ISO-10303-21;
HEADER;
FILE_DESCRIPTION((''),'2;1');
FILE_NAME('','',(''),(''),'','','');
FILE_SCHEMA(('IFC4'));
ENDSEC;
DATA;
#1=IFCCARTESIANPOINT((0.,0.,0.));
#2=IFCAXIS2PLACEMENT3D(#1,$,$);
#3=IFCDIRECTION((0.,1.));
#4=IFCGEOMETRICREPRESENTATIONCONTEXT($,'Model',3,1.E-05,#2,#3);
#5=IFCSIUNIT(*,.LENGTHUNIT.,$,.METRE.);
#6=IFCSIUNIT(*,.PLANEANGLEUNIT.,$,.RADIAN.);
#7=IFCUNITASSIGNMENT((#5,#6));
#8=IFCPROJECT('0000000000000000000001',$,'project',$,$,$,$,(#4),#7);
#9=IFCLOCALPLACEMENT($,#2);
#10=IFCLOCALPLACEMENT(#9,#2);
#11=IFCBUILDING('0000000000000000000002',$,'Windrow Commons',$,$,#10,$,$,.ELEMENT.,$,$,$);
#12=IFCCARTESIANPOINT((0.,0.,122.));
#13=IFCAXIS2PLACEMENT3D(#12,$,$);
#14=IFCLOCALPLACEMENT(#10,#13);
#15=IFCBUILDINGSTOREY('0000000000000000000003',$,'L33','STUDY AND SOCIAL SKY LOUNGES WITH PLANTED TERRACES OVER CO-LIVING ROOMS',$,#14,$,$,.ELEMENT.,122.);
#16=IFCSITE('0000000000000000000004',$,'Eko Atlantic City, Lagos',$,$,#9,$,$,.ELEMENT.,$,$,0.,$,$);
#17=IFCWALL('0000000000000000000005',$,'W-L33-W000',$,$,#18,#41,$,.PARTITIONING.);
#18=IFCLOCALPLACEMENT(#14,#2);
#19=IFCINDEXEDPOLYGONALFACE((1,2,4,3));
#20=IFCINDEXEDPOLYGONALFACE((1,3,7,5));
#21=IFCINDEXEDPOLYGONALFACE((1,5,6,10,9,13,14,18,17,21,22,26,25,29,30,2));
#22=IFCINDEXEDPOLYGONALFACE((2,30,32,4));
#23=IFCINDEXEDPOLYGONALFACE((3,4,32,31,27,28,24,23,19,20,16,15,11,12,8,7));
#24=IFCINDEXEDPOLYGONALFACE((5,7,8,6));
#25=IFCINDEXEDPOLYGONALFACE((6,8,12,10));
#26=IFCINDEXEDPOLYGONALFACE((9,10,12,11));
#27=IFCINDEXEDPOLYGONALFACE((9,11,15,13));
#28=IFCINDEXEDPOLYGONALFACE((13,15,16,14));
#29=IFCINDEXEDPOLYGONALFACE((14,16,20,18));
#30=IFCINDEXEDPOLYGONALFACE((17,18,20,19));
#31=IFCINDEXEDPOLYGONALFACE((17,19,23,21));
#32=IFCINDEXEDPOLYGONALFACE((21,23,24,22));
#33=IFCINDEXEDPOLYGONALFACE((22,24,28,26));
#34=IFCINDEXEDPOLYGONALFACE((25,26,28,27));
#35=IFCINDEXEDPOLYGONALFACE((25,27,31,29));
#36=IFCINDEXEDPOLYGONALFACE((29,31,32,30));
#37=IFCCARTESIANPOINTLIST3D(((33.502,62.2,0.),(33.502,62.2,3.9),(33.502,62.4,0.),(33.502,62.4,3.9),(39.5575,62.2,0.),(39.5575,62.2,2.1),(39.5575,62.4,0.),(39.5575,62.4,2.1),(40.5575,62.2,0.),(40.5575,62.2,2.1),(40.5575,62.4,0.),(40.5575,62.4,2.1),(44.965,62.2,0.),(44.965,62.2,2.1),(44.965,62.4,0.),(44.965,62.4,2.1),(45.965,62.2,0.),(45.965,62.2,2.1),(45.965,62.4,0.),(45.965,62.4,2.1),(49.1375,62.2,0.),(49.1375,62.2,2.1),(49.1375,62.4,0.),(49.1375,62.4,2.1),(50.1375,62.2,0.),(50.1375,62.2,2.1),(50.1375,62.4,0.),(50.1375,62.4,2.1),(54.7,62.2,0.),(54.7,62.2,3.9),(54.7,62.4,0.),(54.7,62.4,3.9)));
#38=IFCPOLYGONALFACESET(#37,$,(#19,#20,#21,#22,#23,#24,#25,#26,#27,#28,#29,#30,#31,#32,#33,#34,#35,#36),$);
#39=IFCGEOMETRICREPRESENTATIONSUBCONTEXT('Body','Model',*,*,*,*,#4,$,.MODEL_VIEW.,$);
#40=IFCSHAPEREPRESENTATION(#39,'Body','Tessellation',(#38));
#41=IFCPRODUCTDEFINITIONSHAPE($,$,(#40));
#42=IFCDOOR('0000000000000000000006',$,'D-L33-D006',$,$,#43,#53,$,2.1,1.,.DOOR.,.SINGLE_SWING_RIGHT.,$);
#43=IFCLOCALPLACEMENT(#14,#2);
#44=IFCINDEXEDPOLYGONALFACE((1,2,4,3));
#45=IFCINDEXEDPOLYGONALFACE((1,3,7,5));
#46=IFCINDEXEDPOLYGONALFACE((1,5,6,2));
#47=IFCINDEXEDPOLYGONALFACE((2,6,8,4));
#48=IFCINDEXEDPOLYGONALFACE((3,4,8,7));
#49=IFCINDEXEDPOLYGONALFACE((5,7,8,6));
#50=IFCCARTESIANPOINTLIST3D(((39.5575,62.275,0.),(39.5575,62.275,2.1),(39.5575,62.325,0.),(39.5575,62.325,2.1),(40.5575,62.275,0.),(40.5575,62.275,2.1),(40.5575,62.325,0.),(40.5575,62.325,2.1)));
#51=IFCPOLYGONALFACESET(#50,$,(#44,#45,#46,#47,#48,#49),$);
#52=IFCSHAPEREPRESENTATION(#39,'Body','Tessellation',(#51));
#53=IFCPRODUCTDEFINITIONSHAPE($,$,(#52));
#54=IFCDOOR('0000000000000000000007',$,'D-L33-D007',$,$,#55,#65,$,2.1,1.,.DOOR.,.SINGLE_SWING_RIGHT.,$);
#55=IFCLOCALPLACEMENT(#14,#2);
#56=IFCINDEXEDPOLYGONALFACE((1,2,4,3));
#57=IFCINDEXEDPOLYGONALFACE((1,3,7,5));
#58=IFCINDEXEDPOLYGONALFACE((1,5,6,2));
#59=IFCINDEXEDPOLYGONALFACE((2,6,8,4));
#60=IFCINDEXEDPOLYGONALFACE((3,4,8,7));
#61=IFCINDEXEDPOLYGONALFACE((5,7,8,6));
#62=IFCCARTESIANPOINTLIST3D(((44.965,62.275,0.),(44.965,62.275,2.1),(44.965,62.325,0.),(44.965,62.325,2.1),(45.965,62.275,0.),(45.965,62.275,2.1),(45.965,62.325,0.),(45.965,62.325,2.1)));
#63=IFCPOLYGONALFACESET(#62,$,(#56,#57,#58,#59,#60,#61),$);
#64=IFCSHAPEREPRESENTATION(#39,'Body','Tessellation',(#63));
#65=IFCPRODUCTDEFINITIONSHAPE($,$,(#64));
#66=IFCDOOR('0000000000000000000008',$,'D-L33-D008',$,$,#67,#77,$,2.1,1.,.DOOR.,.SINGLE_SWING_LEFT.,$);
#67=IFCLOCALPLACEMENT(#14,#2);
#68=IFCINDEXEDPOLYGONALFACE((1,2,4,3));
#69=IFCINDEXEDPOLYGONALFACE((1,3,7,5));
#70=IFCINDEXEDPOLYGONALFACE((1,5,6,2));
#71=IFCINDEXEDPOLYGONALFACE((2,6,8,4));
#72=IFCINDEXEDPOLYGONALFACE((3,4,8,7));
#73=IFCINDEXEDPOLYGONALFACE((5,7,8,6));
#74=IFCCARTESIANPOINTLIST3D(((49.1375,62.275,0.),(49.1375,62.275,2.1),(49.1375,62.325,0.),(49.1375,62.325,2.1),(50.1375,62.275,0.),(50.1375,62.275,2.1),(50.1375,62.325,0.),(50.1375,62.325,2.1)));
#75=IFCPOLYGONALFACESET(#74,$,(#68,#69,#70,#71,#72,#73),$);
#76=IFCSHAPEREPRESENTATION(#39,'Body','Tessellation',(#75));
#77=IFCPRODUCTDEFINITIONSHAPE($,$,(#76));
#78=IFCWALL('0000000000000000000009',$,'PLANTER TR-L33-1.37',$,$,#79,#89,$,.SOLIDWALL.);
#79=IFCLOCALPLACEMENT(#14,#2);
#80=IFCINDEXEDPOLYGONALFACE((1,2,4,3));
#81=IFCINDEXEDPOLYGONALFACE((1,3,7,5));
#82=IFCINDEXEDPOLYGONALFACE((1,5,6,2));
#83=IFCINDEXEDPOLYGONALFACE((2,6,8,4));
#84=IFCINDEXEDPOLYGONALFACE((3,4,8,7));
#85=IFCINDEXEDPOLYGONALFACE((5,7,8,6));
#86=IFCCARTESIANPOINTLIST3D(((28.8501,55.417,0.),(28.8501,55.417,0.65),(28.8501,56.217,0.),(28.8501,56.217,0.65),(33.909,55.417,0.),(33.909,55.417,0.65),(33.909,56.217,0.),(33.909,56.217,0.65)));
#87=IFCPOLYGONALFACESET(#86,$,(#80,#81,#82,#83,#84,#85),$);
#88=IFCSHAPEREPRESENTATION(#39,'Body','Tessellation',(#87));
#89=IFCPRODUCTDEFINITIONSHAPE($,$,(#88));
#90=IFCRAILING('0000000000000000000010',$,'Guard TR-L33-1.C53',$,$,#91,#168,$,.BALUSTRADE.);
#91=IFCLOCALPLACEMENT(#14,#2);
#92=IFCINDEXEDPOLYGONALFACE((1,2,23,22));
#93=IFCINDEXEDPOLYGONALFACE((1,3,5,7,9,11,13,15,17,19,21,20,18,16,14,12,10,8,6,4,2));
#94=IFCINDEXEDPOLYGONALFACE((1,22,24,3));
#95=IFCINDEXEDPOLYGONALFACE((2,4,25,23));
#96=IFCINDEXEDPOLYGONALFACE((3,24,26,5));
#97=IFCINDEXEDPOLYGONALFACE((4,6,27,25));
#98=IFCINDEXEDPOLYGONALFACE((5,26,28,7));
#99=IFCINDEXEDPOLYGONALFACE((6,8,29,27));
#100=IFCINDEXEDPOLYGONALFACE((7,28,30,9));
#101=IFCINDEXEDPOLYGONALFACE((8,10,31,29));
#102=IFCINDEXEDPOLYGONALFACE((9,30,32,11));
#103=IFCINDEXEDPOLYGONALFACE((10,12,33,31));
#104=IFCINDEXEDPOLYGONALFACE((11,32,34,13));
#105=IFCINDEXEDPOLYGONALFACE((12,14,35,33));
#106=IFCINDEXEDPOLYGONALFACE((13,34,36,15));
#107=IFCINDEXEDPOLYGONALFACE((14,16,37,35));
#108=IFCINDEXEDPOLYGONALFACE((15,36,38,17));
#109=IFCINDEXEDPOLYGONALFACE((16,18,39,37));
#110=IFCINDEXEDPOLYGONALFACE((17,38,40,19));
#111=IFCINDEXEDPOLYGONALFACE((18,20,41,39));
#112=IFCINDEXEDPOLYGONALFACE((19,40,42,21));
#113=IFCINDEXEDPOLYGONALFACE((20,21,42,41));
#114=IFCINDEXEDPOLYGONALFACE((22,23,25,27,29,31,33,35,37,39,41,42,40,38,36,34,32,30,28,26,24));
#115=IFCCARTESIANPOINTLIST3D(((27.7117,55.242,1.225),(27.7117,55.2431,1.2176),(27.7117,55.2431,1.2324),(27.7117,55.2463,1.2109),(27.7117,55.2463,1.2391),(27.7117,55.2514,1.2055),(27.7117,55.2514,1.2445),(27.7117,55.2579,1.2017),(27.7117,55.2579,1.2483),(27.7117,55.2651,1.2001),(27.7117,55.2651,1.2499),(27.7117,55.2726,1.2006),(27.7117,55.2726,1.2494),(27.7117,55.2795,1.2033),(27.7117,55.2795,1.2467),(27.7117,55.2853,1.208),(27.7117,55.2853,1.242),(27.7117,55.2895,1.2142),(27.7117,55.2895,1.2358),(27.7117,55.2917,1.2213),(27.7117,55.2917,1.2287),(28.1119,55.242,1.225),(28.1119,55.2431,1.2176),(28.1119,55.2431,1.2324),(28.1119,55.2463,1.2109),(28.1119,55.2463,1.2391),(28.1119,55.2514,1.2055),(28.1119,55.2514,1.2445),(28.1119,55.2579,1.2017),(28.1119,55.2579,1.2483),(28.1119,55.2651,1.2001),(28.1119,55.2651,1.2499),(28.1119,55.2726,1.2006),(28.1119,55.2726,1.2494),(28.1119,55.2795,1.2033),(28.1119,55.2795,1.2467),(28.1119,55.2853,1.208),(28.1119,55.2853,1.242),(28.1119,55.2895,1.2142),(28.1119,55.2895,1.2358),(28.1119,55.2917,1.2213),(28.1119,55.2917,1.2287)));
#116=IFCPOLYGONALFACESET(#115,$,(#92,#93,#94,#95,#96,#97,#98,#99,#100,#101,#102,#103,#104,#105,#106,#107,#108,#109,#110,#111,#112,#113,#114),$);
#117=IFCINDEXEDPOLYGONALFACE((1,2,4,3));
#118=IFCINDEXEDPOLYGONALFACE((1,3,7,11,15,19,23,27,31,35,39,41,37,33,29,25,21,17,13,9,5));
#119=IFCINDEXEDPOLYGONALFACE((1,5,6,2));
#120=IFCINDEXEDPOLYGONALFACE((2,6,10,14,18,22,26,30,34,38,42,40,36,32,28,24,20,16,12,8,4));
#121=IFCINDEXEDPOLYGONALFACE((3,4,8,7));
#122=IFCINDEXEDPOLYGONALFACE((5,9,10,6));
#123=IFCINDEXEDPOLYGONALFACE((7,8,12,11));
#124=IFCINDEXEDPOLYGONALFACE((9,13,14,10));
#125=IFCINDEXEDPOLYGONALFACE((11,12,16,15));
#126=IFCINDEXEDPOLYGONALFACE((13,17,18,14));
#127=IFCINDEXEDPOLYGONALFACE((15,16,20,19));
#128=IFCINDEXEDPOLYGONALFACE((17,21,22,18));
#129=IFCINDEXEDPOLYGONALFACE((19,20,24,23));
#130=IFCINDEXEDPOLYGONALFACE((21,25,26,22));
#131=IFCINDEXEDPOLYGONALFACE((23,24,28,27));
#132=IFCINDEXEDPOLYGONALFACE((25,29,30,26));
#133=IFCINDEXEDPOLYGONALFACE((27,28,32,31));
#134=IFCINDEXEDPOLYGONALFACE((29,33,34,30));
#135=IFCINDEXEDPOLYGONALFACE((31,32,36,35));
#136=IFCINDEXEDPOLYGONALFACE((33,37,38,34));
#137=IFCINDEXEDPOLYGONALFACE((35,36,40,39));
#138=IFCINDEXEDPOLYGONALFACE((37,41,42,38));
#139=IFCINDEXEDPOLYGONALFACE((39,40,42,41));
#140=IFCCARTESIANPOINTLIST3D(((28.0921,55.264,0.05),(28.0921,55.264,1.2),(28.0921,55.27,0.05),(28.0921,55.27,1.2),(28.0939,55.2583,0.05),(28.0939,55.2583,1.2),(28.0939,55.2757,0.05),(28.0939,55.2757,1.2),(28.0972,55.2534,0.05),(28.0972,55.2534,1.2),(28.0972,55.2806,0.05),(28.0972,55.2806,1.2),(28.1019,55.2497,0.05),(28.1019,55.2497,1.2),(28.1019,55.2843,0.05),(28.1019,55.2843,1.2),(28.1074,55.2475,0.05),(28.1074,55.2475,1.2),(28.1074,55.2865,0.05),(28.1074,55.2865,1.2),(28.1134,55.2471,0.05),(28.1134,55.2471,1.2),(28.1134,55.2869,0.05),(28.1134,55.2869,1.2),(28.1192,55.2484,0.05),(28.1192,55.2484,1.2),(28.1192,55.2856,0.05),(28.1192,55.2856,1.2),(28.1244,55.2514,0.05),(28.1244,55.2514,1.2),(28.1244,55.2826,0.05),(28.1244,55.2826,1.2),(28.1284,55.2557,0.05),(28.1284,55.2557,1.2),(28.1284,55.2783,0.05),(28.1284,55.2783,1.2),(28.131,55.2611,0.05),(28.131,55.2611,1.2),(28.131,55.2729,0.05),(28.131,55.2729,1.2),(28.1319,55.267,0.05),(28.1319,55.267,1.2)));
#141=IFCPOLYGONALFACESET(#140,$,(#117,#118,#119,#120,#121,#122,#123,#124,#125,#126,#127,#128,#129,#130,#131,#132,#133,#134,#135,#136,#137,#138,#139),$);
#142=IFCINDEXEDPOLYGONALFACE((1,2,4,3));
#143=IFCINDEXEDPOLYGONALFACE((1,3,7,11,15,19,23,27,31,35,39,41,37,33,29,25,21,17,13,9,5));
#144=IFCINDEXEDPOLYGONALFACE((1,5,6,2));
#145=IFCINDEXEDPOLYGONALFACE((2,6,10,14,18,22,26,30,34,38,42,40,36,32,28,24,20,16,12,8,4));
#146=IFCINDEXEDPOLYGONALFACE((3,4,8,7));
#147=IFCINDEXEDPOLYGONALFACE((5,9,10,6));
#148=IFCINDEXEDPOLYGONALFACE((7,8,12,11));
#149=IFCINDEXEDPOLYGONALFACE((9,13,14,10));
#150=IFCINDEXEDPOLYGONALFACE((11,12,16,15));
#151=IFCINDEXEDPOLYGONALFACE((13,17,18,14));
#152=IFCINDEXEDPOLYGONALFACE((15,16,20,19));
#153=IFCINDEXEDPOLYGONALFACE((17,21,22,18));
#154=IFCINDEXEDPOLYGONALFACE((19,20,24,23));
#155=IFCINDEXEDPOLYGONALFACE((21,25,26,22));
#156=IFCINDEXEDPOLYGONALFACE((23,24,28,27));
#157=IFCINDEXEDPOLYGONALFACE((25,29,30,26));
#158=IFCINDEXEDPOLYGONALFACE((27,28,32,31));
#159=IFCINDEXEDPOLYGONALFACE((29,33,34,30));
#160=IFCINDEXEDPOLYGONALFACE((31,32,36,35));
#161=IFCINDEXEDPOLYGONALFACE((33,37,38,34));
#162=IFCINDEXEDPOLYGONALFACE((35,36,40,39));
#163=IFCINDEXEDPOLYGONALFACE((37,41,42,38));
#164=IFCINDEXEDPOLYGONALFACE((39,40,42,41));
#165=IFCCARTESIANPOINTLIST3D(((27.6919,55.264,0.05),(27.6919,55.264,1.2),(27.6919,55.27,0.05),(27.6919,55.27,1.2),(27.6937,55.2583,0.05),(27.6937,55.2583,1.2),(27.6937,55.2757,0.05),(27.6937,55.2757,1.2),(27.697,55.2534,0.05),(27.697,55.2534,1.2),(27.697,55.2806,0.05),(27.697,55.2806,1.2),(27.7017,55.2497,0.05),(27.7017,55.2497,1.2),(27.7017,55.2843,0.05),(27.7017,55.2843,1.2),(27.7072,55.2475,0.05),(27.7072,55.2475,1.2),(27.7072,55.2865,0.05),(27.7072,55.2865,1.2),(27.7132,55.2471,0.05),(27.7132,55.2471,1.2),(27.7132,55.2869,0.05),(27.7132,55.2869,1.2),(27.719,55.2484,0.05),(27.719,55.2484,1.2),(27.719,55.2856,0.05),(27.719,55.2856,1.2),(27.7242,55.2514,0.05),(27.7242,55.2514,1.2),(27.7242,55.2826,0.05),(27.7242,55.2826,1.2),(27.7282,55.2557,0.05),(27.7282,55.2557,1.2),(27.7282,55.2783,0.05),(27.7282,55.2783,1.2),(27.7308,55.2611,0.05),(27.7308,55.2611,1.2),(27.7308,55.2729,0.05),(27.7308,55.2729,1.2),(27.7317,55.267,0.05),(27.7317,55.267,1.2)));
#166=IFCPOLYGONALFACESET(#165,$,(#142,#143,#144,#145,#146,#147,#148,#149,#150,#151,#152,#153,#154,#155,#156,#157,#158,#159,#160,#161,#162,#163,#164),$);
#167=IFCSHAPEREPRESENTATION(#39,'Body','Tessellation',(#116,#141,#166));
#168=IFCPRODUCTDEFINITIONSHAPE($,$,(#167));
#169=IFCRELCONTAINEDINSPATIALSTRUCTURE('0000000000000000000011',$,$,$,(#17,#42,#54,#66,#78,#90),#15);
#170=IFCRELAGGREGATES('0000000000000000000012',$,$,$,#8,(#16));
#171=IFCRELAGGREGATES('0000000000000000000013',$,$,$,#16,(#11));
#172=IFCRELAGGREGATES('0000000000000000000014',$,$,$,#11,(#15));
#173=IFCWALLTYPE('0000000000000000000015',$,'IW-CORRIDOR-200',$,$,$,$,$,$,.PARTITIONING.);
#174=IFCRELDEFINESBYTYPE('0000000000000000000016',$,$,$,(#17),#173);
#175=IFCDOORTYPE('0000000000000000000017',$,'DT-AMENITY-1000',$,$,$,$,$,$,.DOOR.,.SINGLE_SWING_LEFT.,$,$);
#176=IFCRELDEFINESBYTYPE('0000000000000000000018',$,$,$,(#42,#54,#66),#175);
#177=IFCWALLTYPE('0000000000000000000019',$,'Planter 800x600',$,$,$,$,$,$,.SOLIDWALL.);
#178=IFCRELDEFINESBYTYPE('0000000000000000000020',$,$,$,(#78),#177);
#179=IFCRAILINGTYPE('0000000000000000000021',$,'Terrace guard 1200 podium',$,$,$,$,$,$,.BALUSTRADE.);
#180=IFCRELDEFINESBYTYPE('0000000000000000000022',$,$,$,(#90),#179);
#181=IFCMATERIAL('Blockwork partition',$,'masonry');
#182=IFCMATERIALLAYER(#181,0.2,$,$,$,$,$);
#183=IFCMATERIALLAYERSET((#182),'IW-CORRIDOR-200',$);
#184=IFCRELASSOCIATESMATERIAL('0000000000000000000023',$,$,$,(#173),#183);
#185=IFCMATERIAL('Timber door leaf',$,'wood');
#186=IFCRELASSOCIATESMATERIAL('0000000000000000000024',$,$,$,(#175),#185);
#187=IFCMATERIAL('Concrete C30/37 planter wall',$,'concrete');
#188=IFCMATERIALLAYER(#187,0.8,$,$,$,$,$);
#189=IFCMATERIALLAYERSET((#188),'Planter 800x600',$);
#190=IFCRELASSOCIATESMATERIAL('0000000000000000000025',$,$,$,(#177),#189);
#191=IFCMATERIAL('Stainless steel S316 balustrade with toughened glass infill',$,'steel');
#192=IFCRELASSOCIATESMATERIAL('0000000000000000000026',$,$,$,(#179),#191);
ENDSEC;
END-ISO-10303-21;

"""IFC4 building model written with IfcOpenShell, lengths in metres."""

from ifc_helpers import new_model, si_unit, direction, frame, frame_2d, origin, origin_2d, place, context, subcontext, project, spatial, rectangle, circle, extrude, material, layer, layer_set, type_object, element, fill, save


model = new_model("IFC4")

# Units and contexts
model_context = context("Model", 3, precision=1e-05, world=origin(), true_north=direction((0.0, 1.0)))
body_context = subcontext(model_context, "Body", "Model", "MODEL_VIEW")
ifc_project = project(units=[si_unit("LENGTHUNIT", "METRE"), si_unit("PLANEANGLEUNIT", "RADIAN")], contexts=[model_context])

# Site, building, storey
site_placement = place(None, origin())
site = spatial("IfcSite", under=ifc_project, at=site_placement, Name="Eko Atlantic City, Lagos", CompositionType="ELEMENT", RefElevation=0.0)
building_placement = place(site_placement, origin())
building = spatial("IfcBuilding", under=site, at=building_placement, Name="Windrow Commons", CompositionType="ELEMENT")
storey_placement = place(building_placement, frame((0.0, 0.0, 122.0)))
storey = spatial("IfcBuildingStorey", under=building, at=storey_placement, Name="L33", Description="STUDY AND SOCIAL SKY LOUNGES WITH PLANTED TERRACES OVER CO-LIVING ROOMS", CompositionType="ELEMENT", Elevation=122.0)

# Wall, openings, doors
ifc_material_1 = material(Name="Blockwork partition", Category="masonry")
ifc_layer_1 = layer(ifc_material_1, 0.2)
ifc_layer_set_1 = layer_set([ifc_layer_1], Name="IW-CORRIDOR-200")
wall_type_1 = type_object("IfcWallType", Name="IW-CORRIDOR-200", PredefinedType="PARTITIONING", material=ifc_layer_set_1)
wall_1_placement = place(storey_placement, frame((33.502, 62.3, 0.0), z_axis=(0.0, 0.0, 1.0), x_axis=(1.0, 0.0, 0.0)))
wall_1 = element("IfcWall", 1, at=wall_1_placement, inside=storey, type_object=wall_type_1, Name="W-L33-W000", PredefinedType="PARTITIONING", context=body_context, shape_type="SweptSolid", body=[
    extrude(rectangle(XDim=21.198, YDim=0.2, at=frame_2d((10.599, 0.0))), origin(), (0.0, 0.0, 1.0), 3.9),
])
opening_1_placement = place(wall_1_placement, frame((6.0555, 0.0, 0.0)))
opening_1 = element("IfcOpeningElement", 2, at=opening_1_placement, cuts=wall_1, PredefinedType="OPENING", context=body_context, shape_type="SweptSolid", body=[
    extrude(rectangle(XDim=1.0, YDim=2.1, at=frame_2d((0.5, 1.05))), frame((0.0, 0.11, 0.0), z_axis=(0.0, -1.0, 0.0), x_axis=(1.0, 0.0, 0.0)), (0.0, 0.0, 1.0), 0.22),
])
opening_2_placement = place(wall_1_placement, frame((11.463, 0.0, 0.0)))
opening_2 = element("IfcOpeningElement", 3, at=opening_2_placement, cuts=wall_1, PredefinedType="OPENING", context=body_context, shape_type="SweptSolid", body=[
    extrude(rectangle(XDim=1.0, YDim=2.1, at=frame_2d((0.5, 1.05))), frame((0.0, 0.11, 0.0), z_axis=(0.0, -1.0, 0.0), x_axis=(1.0, 0.0, 0.0)), (0.0, 0.0, 1.0), 0.22),
])
opening_3_placement = place(wall_1_placement, frame((15.6355, 0.0, 0.0)))
opening_3 = element("IfcOpeningElement", 4, at=opening_3_placement, cuts=wall_1, PredefinedType="OPENING", context=body_context, shape_type="SweptSolid", body=[
    extrude(rectangle(XDim=1.0, YDim=2.1, at=frame_2d((0.5, 1.05))), frame((0.0, 0.11, 0.0), z_axis=(0.0, -1.0, 0.0), x_axis=(1.0, 0.0, 0.0)), (0.0, 0.0, 1.0), 0.22),
])
ifc_material_2 = material(Name="Timber door leaf", Category="wood")
door_type = type_object("IfcDoorType", Name="DT-AMENITY-1000", OperationType="SINGLE_SWING_LEFT", PredefinedType="DOOR", material=ifc_material_2)
door_1_placement = place(opening_1_placement, origin())
door_1 = element("IfcDoor", 5, at=door_1_placement, inside=storey, type_object=door_type, Name="D-L33-D006", OperationType="SINGLE_SWING_RIGHT", OverallHeight=2.1, OverallWidth=1.0, PredefinedType="DOOR", context=body_context, shape_type="SweptSolid", body=[
    extrude(rectangle(XDim=1.0, YDim=2.1, at=frame_2d((0.5, 1.05))), frame((0.0, 0.025, 0.0), z_axis=(0.0, -1.0, 0.0), x_axis=(1.0, 0.0, 0.0)), (0.0, 0.0, 1.0), 0.05),
])
fill(opening_1, door_1)
door_2_placement = place(opening_2_placement, origin())
door_2 = element("IfcDoor", 6, at=door_2_placement, inside=storey, type_object=door_type, Name="D-L33-D007", OperationType="SINGLE_SWING_RIGHT", OverallHeight=2.1, OverallWidth=1.0, PredefinedType="DOOR", context=body_context, shape_type="SweptSolid", body=[
    extrude(rectangle(XDim=1.0, YDim=2.1, at=frame_2d((0.5, 1.05))), frame((0.0, 0.025, 0.0), z_axis=(0.0, -1.0, 0.0), x_axis=(1.0, 0.0, 0.0)), (0.0, 0.0, 1.0), 0.05),
])
fill(opening_2, door_2)
door_3_placement = place(opening_3_placement, origin())
door_3 = element("IfcDoor", 7, at=door_3_placement, inside=storey, type_object=door_type, Name="D-L33-D008", OperationType="SINGLE_SWING_LEFT", OverallHeight=2.1, OverallWidth=1.0, PredefinedType="DOOR", context=body_context, shape_type="SweptSolid", body=[
    extrude(rectangle(XDim=1.0, YDim=2.1, at=frame_2d((0.5, 1.05))), frame((0.0, 0.025, 0.0), z_axis=(0.0, -1.0, 0.0), x_axis=(1.0, 0.0, 0.0)), (0.0, 0.0, 1.0), 0.05),
])
fill(opening_3, door_3)

# Wall
ifc_material_3 = material(Name="Concrete C30/37 planter wall", Category="concrete")
ifc_layer_2 = layer(ifc_material_3, 0.8)
ifc_layer_set_2 = layer_set([ifc_layer_2], Name="Planter 800x600")
wall_type_2 = type_object("IfcWallType", Name="Planter 800x600", PredefinedType="SOLIDWALL", material=ifc_layer_set_2)
wall_2_placement = place(storey_placement, frame((28.85, 55.817, 0.0), z_axis=(0.0, 0.0, 1.0), x_axis=(1.0, 0.0, 0.0)))
element("IfcWall", 8, at=wall_2_placement, inside=storey, type_object=wall_type_2, Name="PLANTER TR-L33-1.37", PredefinedType="SOLIDWALL", context=body_context, shape_type="SweptSolid", body=[
    extrude(rectangle(XDim=5.0589, YDim=0.8, at=frame_2d((2.5295, 0.0))), origin(), (0.0, 0.0, 1.0), 0.65),
])

# Railing
ifc_material_4 = material(Name="Stainless steel S316 balustrade with toughened glass infill", Category="steel")
railing_type = type_object("IfcRailingType", Name="Terrace guard 1200 podium", PredefinedType="BALUSTRADE", material=ifc_material_4)
railing_1_placement = place(storey_placement, frame((28.1119, 55.267, 0.05)))
element("IfcRailing", 9, at=railing_1_placement, inside=storey, type_object=railing_type, Name="Guard TR-L33-1.C53", PredefinedType="BALUSTRADE", context=body_context, shape_type="SweptSolid", body=[
    extrude(circle(Radius=0.025, at=origin_2d()), frame((0.0, 0.0, 1.175), z_axis=(-1.0, 0.0, 0.0), x_axis=(0.0, -1.0, 0.0)), (0.0, 0.0, 1.0), 0.4002),
    extrude(circle(Radius=0.02, at=origin_2d()), origin(), (0.0, 0.0, 1.0), 1.15),
    extrude(circle(Radius=0.02, at=origin_2d()), frame((-0.4002, 0.0, 0.0)), (0.0, 0.0, 1.0), 1.15),
])

save(model, "model.ifc")
